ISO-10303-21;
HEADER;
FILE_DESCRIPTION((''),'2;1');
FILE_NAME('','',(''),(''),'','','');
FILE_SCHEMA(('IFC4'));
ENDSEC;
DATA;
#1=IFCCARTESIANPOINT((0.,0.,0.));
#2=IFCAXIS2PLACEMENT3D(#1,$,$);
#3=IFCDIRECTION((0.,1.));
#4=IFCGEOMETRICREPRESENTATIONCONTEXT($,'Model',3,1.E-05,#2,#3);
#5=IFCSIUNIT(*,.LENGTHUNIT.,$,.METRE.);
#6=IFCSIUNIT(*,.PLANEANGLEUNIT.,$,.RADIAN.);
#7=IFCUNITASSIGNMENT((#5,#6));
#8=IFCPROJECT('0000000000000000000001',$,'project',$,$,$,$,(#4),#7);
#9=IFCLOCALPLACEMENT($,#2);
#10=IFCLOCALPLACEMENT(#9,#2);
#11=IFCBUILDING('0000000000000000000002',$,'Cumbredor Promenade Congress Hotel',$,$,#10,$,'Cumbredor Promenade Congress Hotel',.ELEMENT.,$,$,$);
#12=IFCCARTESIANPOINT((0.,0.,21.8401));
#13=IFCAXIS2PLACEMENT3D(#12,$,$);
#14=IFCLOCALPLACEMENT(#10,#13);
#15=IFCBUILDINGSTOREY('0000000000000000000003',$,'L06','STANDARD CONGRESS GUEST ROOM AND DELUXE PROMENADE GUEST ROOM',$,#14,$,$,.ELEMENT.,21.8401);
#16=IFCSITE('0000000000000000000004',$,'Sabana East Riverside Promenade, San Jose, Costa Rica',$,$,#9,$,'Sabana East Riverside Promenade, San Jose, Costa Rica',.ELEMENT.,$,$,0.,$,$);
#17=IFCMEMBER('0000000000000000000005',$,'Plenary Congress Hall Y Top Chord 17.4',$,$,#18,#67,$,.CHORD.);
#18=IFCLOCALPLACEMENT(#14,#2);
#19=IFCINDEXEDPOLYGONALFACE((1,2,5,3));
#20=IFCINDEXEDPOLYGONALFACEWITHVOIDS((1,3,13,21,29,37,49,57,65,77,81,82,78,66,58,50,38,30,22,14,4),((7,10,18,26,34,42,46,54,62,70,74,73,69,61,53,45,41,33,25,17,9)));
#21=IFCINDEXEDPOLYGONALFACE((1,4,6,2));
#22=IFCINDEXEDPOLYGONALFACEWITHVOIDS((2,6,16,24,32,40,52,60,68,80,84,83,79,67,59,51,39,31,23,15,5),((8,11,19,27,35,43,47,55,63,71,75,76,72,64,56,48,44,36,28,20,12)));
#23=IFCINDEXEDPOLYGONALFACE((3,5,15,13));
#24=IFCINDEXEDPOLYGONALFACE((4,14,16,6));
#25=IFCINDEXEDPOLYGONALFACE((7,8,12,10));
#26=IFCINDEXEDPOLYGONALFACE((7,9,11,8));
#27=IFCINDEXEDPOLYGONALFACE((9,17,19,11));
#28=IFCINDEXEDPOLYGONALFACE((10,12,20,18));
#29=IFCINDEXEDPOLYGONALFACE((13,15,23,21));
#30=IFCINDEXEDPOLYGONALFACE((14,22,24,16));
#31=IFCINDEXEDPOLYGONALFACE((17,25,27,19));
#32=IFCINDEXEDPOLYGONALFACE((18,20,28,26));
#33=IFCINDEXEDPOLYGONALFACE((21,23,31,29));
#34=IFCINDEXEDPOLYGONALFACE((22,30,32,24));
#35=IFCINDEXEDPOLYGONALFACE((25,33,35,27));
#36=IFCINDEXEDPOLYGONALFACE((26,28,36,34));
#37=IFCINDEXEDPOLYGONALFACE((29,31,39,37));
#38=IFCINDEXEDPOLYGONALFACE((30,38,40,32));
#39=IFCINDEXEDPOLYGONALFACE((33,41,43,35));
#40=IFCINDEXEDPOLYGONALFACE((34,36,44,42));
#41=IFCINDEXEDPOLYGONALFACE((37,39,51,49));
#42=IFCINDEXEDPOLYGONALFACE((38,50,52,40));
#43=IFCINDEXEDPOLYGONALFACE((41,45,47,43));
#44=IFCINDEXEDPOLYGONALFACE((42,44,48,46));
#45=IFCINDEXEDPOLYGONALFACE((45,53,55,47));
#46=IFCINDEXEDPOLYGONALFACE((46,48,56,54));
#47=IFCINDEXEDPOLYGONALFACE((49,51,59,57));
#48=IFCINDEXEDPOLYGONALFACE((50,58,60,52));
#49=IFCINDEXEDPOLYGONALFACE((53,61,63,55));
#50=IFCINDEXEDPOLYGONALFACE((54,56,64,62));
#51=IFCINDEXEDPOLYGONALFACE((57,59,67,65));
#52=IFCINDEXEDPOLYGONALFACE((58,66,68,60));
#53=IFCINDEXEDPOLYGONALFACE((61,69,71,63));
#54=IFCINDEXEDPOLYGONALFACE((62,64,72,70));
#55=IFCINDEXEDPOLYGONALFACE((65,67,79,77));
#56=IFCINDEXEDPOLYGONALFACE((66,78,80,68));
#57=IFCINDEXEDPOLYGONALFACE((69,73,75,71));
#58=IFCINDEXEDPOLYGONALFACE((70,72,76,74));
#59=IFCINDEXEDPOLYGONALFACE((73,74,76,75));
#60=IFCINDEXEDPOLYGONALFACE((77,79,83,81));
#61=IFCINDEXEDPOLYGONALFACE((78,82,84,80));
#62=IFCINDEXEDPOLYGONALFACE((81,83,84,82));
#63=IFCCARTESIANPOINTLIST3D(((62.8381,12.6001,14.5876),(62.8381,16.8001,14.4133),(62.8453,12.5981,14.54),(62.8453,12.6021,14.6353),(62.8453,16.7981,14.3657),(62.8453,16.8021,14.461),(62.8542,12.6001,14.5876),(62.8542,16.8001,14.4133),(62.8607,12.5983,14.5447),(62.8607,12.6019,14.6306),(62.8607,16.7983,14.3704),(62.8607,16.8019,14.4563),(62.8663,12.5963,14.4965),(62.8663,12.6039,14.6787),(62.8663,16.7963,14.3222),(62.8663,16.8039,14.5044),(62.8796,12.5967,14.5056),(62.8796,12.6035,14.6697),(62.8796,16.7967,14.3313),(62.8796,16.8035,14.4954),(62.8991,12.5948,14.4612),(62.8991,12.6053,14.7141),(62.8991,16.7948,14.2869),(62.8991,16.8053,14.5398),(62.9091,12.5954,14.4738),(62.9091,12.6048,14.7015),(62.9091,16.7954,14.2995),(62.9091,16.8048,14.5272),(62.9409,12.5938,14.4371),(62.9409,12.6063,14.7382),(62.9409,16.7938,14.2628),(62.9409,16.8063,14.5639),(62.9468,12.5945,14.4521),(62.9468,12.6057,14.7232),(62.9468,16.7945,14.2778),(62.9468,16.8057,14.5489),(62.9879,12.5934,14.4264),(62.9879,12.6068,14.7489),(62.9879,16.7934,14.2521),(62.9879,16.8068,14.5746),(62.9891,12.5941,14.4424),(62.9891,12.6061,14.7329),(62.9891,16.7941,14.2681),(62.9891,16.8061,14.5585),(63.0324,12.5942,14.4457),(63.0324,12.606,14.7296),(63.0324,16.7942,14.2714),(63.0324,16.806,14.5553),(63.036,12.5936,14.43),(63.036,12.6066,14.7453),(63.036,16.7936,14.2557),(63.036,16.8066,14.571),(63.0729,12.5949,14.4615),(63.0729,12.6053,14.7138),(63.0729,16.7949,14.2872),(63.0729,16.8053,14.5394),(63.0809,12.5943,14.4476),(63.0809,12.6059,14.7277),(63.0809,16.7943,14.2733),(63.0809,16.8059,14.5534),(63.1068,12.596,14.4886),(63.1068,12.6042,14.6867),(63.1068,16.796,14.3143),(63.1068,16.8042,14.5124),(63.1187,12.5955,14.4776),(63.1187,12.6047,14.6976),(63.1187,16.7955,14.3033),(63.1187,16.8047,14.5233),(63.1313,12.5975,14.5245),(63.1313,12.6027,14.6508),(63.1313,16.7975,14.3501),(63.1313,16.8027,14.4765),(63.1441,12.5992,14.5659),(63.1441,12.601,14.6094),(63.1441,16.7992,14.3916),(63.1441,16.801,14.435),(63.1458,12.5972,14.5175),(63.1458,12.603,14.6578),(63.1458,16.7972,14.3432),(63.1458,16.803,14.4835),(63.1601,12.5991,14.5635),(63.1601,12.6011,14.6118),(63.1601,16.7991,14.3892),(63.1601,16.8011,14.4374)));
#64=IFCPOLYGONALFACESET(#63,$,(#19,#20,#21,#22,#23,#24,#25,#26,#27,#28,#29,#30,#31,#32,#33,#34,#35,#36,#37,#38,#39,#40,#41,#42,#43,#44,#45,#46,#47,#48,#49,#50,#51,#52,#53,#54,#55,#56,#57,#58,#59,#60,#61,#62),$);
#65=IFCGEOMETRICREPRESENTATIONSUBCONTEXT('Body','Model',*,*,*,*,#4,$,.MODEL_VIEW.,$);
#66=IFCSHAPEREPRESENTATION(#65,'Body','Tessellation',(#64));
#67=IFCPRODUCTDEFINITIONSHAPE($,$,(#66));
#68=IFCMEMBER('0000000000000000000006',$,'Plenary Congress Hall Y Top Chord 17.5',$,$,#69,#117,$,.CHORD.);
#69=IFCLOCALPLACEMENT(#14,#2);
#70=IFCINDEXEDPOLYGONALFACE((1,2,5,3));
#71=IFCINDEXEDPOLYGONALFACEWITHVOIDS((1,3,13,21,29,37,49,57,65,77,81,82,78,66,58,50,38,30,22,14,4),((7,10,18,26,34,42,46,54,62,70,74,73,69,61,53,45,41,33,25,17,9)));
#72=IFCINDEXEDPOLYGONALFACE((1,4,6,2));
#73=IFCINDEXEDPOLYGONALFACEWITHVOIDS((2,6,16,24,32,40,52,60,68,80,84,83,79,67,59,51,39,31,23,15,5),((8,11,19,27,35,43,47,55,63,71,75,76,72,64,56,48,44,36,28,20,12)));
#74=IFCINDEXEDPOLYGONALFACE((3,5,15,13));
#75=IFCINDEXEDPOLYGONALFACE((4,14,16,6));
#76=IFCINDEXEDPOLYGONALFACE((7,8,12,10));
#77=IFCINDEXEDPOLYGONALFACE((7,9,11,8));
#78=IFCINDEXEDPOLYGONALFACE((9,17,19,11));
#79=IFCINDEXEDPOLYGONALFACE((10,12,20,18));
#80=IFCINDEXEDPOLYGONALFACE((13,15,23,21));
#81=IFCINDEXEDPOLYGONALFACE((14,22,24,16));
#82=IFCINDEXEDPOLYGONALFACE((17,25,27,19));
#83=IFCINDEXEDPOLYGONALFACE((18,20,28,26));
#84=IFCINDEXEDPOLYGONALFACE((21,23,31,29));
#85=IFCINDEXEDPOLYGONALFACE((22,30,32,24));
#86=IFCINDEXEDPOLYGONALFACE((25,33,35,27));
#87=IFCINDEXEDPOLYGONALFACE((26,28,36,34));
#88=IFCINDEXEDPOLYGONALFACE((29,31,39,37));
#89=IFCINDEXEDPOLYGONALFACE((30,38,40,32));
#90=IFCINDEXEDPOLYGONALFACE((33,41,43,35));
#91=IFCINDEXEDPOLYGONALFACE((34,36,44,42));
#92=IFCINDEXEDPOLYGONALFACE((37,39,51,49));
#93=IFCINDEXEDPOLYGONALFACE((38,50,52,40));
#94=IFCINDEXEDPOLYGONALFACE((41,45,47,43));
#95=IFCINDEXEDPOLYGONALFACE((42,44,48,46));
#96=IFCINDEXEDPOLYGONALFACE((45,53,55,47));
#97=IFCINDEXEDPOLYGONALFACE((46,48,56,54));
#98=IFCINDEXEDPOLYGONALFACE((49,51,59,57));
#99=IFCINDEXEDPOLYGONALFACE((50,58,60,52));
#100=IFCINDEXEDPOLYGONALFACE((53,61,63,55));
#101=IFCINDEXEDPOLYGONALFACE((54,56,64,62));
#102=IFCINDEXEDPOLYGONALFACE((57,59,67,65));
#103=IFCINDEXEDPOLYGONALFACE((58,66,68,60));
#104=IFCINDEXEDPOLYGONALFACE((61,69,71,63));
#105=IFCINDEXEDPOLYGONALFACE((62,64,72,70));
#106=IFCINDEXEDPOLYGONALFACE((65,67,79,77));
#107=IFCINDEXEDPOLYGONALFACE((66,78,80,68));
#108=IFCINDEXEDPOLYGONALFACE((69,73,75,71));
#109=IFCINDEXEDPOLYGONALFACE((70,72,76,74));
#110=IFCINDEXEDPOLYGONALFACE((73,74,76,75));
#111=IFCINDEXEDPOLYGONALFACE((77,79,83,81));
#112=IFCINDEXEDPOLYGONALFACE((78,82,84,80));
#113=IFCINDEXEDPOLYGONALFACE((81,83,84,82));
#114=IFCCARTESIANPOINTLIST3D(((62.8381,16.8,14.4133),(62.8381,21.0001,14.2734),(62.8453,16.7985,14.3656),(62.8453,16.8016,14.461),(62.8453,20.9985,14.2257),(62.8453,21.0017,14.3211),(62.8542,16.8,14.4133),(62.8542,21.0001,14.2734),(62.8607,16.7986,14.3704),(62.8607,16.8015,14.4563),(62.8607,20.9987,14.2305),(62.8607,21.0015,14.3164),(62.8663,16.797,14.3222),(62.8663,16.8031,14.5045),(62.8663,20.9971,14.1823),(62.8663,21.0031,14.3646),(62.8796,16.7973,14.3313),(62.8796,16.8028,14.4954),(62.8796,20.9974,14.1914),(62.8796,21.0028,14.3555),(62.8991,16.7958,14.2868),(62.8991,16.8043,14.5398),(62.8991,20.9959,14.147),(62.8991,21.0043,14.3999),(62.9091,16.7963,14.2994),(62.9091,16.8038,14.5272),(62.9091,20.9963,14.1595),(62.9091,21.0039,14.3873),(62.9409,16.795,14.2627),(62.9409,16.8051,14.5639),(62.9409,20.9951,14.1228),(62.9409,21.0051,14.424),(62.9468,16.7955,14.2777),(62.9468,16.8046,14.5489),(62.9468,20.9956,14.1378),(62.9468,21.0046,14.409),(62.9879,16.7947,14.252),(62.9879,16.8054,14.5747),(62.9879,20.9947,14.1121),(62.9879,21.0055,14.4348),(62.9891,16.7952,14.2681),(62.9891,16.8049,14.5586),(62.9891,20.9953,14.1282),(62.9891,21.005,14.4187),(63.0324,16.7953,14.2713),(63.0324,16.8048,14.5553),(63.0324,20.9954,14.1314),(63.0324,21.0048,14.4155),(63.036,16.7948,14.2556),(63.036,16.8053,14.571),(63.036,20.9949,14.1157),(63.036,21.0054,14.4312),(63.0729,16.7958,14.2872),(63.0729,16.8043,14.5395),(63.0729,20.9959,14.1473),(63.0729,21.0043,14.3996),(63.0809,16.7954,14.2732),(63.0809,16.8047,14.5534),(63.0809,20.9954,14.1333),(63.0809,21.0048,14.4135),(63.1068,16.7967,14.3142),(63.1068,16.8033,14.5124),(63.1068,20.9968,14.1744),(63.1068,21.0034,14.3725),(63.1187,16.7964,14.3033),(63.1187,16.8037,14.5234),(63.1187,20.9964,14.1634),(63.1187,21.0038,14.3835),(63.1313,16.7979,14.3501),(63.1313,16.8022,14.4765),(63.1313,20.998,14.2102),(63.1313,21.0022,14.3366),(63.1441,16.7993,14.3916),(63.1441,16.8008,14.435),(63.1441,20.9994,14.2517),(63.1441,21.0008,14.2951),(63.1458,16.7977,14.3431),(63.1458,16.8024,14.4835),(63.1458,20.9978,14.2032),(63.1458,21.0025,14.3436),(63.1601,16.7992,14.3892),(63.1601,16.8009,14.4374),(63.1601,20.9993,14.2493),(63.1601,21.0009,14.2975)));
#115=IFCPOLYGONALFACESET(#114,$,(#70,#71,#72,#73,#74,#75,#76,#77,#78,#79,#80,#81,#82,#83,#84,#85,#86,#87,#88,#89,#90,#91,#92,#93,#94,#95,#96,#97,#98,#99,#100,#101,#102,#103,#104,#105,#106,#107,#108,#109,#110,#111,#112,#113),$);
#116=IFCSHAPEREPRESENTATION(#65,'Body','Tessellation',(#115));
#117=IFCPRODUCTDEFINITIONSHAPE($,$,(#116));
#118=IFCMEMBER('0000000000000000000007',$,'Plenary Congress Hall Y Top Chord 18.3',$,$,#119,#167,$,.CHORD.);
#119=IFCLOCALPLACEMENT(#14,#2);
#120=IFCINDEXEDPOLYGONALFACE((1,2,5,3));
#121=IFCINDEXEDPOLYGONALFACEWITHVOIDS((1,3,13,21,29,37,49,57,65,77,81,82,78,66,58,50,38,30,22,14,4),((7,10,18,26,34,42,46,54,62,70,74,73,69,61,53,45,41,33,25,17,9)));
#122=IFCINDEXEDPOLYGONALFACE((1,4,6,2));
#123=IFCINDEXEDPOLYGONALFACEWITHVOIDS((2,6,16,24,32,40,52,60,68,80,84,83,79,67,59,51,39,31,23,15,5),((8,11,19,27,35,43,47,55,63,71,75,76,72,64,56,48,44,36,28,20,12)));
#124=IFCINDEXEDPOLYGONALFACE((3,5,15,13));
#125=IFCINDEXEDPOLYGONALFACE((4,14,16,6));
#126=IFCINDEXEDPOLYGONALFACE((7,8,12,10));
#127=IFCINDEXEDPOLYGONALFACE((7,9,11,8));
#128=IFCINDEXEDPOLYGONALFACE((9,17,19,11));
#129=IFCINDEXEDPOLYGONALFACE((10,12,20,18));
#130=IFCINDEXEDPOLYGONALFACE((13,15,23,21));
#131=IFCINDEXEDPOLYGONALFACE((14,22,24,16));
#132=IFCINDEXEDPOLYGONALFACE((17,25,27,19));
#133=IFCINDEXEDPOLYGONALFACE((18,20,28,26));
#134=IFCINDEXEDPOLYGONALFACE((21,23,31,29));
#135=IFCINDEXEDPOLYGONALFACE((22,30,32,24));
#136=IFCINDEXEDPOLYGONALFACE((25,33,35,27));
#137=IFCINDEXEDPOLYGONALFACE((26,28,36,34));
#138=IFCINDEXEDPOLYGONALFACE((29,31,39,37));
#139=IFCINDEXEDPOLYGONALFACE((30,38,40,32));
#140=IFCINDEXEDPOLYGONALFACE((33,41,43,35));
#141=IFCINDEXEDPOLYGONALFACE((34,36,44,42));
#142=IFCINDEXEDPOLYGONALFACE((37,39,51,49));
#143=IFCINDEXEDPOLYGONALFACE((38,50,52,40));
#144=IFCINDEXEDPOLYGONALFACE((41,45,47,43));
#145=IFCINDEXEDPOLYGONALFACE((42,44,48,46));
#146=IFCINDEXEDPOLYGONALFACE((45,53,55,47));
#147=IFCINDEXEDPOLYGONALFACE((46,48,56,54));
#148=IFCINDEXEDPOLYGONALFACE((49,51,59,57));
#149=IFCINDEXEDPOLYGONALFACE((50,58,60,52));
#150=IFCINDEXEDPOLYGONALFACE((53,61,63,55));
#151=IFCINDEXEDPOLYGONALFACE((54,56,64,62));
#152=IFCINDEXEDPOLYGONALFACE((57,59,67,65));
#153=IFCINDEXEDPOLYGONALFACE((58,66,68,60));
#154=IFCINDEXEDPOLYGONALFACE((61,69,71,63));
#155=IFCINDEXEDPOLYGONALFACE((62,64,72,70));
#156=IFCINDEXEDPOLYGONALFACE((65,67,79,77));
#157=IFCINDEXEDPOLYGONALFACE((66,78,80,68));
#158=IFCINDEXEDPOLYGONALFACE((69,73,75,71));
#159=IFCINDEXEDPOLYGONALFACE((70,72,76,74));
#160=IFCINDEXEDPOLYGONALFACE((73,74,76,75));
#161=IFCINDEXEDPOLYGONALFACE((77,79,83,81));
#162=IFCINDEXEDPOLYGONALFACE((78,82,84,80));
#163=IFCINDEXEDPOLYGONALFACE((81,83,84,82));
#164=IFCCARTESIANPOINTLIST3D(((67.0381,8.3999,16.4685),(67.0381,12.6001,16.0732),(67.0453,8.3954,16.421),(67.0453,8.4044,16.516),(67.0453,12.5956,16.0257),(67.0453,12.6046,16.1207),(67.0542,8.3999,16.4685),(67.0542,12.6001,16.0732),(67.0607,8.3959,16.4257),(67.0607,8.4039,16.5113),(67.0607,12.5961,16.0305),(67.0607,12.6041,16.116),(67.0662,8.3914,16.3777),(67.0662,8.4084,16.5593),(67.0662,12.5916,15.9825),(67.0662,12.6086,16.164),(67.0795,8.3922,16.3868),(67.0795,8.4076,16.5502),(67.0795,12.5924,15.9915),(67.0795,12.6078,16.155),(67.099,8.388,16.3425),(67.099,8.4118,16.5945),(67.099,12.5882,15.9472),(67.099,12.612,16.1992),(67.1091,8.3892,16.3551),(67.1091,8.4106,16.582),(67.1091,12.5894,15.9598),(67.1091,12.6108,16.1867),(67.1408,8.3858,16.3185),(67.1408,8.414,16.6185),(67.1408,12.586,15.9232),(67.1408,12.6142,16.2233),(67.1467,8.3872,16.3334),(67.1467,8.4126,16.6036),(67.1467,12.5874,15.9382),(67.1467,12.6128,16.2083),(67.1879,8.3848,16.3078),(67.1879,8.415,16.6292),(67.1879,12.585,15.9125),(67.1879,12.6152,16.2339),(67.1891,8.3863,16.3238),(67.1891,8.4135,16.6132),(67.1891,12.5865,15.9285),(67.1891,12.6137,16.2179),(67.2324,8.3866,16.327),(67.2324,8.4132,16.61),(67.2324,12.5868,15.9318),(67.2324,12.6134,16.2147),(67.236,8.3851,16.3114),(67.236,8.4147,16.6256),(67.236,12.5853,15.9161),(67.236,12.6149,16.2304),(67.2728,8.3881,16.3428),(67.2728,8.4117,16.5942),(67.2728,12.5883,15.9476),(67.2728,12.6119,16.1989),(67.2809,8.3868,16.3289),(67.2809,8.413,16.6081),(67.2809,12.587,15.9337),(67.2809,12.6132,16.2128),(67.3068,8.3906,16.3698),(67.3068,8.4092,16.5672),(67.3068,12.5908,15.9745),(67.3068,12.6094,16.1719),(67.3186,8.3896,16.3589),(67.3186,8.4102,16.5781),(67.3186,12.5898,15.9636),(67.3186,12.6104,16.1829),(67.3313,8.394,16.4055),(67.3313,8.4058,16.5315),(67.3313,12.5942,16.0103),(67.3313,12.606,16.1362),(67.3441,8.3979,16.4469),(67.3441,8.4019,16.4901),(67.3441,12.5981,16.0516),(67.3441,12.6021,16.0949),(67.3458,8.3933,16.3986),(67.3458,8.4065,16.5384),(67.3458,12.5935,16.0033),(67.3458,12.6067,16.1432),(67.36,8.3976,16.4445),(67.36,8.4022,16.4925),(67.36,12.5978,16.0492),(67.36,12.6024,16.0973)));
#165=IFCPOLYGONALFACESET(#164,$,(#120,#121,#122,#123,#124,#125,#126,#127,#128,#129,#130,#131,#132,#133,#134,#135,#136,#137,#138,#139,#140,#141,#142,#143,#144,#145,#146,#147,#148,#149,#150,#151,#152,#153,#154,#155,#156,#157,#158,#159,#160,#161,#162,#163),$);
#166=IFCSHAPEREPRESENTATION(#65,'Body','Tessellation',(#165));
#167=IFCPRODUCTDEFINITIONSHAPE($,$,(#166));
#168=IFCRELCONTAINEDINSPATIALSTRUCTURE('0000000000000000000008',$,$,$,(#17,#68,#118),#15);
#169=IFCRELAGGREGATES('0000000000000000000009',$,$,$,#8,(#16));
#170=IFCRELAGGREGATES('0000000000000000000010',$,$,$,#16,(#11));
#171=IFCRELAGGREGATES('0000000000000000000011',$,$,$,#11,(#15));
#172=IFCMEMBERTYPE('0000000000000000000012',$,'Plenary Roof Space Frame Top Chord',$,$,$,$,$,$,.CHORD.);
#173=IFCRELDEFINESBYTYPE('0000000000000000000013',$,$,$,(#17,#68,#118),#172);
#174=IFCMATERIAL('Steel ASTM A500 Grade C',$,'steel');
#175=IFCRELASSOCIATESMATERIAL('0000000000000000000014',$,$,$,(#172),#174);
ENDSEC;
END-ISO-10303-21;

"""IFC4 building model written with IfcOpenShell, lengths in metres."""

from ifc_helpers import new_model, si_unit, direction, frame, origin, origin_2d, place, context, subcontext, project, spatial, hollow_circle, extrude, material, material_profile, profile_set, type_object, element, save


model = new_model("IFC4")

# Units and contexts
model_context = context("Model", 3, precision=1e-05, world=origin(), true_north=direction((0.0, 1.0)))
body_context = subcontext(model_context, "Body", "Model", "MODEL_VIEW")
ifc_project = project(units=[si_unit("LENGTHUNIT", "METRE"), si_unit("PLANEANGLEUNIT", "RADIAN")], contexts=[model_context])

# Site, building, storey
site_placement = place(None, origin())
site = spatial("IfcSite", under=ifc_project, at=site_placement, Name="Sabana East Riverside Promenade, San Jose, Costa Rica", LongName="Sabana East Riverside Promenade, San Jose, Costa Rica", CompositionType="ELEMENT", RefElevation=0.0)
building_placement = place(site_placement, origin())
building = spatial("IfcBuilding", under=site, at=building_placement, Name="Cumbredor Promenade Congress Hotel", LongName="Cumbredor Promenade Congress Hotel", CompositionType="ELEMENT")
storey_placement = place(building_placement, frame((0.0, 0.0, 21.8401)))
storey = spatial("IfcBuildingStorey", under=building, at=storey_placement, Name="L06", Description="STANDARD CONGRESS GUEST ROOM AND DELUXE PROMENADE GUEST ROOM", CompositionType="ELEMENT", Elevation=21.8401)

# Members
ifc_material_1 = material(Name="Steel ASTM A500 Grade C", Category="steel")
ifc_material_profile_1 = material_profile(ifc_material_1, hollow_circle(Radius=0.1619, WallThickness=0.0161, at=origin_2d()), Name="CHS 323.9x16")
ifc_profile_set_1 = profile_set([ifc_material_profile_1], Name="Steel ASTM A500 Grade C")
member_type_1 = type_object("IfcMemberType", Name="Plenary Roof Space Frame Top Chord", PredefinedType="CHORD", material=ifc_profile_set_1)
member_1_placement = place(storey_placement, frame((63.0, 12.6001, 14.5876), z_axis=(0.0, 0.99914, -0.041469), x_axis=(-1.0, 0.0, 0.0)))
element("IfcMember", 1, at=member_1_placement, inside=storey, type_object=member_type_1, Name="Plenary Congress Hall Y Top Chord 17.4", PredefinedType="CHORD", context=body_context, shape_type="SweptSolid", body=[
    extrude(hollow_circle(Radius=0.1619, WallThickness=0.0161, at=origin_2d()), origin(), (0.0, 0.0, 1.0), 4.2036),
])
member_2_placement = place(storey_placement, frame((63.0, 16.8, 14.4133), z_axis=(0.0, 0.999446, -0.03329), x_axis=(-1.0, 0.0, 0.0)))
element("IfcMember", 2, at=member_2_placement, inside=storey, type_object=member_type_1, Name="Plenary Congress Hall Y Top Chord 17.5", PredefinedType="CHORD", context=body_context, shape_type="SweptSolid", body=[
    extrude(hollow_circle(Radius=0.1619, WallThickness=0.0161, at=origin_2d()), origin(), (0.0, 0.0, 1.0), 4.2024),
])
member_3_placement = place(storey_placement, frame((67.2, 8.3999, 16.4685), z_axis=(0.0, 0.995601, -0.093692), x_axis=(-1.0, 0.0, 0.0)))
element("IfcMember", 3, at=member_3_placement, inside=storey, type_object=member_type_1, Name="Plenary Congress Hall Y Top Chord 18.3", PredefinedType="CHORD", context=body_context, shape_type="SweptSolid", body=[
    extrude(hollow_circle(Radius=0.1619, WallThickness=0.0161, at=origin_2d()), origin(), (0.0, 0.0, 1.0), 4.2188),
])

save(model, "model.ifc")
